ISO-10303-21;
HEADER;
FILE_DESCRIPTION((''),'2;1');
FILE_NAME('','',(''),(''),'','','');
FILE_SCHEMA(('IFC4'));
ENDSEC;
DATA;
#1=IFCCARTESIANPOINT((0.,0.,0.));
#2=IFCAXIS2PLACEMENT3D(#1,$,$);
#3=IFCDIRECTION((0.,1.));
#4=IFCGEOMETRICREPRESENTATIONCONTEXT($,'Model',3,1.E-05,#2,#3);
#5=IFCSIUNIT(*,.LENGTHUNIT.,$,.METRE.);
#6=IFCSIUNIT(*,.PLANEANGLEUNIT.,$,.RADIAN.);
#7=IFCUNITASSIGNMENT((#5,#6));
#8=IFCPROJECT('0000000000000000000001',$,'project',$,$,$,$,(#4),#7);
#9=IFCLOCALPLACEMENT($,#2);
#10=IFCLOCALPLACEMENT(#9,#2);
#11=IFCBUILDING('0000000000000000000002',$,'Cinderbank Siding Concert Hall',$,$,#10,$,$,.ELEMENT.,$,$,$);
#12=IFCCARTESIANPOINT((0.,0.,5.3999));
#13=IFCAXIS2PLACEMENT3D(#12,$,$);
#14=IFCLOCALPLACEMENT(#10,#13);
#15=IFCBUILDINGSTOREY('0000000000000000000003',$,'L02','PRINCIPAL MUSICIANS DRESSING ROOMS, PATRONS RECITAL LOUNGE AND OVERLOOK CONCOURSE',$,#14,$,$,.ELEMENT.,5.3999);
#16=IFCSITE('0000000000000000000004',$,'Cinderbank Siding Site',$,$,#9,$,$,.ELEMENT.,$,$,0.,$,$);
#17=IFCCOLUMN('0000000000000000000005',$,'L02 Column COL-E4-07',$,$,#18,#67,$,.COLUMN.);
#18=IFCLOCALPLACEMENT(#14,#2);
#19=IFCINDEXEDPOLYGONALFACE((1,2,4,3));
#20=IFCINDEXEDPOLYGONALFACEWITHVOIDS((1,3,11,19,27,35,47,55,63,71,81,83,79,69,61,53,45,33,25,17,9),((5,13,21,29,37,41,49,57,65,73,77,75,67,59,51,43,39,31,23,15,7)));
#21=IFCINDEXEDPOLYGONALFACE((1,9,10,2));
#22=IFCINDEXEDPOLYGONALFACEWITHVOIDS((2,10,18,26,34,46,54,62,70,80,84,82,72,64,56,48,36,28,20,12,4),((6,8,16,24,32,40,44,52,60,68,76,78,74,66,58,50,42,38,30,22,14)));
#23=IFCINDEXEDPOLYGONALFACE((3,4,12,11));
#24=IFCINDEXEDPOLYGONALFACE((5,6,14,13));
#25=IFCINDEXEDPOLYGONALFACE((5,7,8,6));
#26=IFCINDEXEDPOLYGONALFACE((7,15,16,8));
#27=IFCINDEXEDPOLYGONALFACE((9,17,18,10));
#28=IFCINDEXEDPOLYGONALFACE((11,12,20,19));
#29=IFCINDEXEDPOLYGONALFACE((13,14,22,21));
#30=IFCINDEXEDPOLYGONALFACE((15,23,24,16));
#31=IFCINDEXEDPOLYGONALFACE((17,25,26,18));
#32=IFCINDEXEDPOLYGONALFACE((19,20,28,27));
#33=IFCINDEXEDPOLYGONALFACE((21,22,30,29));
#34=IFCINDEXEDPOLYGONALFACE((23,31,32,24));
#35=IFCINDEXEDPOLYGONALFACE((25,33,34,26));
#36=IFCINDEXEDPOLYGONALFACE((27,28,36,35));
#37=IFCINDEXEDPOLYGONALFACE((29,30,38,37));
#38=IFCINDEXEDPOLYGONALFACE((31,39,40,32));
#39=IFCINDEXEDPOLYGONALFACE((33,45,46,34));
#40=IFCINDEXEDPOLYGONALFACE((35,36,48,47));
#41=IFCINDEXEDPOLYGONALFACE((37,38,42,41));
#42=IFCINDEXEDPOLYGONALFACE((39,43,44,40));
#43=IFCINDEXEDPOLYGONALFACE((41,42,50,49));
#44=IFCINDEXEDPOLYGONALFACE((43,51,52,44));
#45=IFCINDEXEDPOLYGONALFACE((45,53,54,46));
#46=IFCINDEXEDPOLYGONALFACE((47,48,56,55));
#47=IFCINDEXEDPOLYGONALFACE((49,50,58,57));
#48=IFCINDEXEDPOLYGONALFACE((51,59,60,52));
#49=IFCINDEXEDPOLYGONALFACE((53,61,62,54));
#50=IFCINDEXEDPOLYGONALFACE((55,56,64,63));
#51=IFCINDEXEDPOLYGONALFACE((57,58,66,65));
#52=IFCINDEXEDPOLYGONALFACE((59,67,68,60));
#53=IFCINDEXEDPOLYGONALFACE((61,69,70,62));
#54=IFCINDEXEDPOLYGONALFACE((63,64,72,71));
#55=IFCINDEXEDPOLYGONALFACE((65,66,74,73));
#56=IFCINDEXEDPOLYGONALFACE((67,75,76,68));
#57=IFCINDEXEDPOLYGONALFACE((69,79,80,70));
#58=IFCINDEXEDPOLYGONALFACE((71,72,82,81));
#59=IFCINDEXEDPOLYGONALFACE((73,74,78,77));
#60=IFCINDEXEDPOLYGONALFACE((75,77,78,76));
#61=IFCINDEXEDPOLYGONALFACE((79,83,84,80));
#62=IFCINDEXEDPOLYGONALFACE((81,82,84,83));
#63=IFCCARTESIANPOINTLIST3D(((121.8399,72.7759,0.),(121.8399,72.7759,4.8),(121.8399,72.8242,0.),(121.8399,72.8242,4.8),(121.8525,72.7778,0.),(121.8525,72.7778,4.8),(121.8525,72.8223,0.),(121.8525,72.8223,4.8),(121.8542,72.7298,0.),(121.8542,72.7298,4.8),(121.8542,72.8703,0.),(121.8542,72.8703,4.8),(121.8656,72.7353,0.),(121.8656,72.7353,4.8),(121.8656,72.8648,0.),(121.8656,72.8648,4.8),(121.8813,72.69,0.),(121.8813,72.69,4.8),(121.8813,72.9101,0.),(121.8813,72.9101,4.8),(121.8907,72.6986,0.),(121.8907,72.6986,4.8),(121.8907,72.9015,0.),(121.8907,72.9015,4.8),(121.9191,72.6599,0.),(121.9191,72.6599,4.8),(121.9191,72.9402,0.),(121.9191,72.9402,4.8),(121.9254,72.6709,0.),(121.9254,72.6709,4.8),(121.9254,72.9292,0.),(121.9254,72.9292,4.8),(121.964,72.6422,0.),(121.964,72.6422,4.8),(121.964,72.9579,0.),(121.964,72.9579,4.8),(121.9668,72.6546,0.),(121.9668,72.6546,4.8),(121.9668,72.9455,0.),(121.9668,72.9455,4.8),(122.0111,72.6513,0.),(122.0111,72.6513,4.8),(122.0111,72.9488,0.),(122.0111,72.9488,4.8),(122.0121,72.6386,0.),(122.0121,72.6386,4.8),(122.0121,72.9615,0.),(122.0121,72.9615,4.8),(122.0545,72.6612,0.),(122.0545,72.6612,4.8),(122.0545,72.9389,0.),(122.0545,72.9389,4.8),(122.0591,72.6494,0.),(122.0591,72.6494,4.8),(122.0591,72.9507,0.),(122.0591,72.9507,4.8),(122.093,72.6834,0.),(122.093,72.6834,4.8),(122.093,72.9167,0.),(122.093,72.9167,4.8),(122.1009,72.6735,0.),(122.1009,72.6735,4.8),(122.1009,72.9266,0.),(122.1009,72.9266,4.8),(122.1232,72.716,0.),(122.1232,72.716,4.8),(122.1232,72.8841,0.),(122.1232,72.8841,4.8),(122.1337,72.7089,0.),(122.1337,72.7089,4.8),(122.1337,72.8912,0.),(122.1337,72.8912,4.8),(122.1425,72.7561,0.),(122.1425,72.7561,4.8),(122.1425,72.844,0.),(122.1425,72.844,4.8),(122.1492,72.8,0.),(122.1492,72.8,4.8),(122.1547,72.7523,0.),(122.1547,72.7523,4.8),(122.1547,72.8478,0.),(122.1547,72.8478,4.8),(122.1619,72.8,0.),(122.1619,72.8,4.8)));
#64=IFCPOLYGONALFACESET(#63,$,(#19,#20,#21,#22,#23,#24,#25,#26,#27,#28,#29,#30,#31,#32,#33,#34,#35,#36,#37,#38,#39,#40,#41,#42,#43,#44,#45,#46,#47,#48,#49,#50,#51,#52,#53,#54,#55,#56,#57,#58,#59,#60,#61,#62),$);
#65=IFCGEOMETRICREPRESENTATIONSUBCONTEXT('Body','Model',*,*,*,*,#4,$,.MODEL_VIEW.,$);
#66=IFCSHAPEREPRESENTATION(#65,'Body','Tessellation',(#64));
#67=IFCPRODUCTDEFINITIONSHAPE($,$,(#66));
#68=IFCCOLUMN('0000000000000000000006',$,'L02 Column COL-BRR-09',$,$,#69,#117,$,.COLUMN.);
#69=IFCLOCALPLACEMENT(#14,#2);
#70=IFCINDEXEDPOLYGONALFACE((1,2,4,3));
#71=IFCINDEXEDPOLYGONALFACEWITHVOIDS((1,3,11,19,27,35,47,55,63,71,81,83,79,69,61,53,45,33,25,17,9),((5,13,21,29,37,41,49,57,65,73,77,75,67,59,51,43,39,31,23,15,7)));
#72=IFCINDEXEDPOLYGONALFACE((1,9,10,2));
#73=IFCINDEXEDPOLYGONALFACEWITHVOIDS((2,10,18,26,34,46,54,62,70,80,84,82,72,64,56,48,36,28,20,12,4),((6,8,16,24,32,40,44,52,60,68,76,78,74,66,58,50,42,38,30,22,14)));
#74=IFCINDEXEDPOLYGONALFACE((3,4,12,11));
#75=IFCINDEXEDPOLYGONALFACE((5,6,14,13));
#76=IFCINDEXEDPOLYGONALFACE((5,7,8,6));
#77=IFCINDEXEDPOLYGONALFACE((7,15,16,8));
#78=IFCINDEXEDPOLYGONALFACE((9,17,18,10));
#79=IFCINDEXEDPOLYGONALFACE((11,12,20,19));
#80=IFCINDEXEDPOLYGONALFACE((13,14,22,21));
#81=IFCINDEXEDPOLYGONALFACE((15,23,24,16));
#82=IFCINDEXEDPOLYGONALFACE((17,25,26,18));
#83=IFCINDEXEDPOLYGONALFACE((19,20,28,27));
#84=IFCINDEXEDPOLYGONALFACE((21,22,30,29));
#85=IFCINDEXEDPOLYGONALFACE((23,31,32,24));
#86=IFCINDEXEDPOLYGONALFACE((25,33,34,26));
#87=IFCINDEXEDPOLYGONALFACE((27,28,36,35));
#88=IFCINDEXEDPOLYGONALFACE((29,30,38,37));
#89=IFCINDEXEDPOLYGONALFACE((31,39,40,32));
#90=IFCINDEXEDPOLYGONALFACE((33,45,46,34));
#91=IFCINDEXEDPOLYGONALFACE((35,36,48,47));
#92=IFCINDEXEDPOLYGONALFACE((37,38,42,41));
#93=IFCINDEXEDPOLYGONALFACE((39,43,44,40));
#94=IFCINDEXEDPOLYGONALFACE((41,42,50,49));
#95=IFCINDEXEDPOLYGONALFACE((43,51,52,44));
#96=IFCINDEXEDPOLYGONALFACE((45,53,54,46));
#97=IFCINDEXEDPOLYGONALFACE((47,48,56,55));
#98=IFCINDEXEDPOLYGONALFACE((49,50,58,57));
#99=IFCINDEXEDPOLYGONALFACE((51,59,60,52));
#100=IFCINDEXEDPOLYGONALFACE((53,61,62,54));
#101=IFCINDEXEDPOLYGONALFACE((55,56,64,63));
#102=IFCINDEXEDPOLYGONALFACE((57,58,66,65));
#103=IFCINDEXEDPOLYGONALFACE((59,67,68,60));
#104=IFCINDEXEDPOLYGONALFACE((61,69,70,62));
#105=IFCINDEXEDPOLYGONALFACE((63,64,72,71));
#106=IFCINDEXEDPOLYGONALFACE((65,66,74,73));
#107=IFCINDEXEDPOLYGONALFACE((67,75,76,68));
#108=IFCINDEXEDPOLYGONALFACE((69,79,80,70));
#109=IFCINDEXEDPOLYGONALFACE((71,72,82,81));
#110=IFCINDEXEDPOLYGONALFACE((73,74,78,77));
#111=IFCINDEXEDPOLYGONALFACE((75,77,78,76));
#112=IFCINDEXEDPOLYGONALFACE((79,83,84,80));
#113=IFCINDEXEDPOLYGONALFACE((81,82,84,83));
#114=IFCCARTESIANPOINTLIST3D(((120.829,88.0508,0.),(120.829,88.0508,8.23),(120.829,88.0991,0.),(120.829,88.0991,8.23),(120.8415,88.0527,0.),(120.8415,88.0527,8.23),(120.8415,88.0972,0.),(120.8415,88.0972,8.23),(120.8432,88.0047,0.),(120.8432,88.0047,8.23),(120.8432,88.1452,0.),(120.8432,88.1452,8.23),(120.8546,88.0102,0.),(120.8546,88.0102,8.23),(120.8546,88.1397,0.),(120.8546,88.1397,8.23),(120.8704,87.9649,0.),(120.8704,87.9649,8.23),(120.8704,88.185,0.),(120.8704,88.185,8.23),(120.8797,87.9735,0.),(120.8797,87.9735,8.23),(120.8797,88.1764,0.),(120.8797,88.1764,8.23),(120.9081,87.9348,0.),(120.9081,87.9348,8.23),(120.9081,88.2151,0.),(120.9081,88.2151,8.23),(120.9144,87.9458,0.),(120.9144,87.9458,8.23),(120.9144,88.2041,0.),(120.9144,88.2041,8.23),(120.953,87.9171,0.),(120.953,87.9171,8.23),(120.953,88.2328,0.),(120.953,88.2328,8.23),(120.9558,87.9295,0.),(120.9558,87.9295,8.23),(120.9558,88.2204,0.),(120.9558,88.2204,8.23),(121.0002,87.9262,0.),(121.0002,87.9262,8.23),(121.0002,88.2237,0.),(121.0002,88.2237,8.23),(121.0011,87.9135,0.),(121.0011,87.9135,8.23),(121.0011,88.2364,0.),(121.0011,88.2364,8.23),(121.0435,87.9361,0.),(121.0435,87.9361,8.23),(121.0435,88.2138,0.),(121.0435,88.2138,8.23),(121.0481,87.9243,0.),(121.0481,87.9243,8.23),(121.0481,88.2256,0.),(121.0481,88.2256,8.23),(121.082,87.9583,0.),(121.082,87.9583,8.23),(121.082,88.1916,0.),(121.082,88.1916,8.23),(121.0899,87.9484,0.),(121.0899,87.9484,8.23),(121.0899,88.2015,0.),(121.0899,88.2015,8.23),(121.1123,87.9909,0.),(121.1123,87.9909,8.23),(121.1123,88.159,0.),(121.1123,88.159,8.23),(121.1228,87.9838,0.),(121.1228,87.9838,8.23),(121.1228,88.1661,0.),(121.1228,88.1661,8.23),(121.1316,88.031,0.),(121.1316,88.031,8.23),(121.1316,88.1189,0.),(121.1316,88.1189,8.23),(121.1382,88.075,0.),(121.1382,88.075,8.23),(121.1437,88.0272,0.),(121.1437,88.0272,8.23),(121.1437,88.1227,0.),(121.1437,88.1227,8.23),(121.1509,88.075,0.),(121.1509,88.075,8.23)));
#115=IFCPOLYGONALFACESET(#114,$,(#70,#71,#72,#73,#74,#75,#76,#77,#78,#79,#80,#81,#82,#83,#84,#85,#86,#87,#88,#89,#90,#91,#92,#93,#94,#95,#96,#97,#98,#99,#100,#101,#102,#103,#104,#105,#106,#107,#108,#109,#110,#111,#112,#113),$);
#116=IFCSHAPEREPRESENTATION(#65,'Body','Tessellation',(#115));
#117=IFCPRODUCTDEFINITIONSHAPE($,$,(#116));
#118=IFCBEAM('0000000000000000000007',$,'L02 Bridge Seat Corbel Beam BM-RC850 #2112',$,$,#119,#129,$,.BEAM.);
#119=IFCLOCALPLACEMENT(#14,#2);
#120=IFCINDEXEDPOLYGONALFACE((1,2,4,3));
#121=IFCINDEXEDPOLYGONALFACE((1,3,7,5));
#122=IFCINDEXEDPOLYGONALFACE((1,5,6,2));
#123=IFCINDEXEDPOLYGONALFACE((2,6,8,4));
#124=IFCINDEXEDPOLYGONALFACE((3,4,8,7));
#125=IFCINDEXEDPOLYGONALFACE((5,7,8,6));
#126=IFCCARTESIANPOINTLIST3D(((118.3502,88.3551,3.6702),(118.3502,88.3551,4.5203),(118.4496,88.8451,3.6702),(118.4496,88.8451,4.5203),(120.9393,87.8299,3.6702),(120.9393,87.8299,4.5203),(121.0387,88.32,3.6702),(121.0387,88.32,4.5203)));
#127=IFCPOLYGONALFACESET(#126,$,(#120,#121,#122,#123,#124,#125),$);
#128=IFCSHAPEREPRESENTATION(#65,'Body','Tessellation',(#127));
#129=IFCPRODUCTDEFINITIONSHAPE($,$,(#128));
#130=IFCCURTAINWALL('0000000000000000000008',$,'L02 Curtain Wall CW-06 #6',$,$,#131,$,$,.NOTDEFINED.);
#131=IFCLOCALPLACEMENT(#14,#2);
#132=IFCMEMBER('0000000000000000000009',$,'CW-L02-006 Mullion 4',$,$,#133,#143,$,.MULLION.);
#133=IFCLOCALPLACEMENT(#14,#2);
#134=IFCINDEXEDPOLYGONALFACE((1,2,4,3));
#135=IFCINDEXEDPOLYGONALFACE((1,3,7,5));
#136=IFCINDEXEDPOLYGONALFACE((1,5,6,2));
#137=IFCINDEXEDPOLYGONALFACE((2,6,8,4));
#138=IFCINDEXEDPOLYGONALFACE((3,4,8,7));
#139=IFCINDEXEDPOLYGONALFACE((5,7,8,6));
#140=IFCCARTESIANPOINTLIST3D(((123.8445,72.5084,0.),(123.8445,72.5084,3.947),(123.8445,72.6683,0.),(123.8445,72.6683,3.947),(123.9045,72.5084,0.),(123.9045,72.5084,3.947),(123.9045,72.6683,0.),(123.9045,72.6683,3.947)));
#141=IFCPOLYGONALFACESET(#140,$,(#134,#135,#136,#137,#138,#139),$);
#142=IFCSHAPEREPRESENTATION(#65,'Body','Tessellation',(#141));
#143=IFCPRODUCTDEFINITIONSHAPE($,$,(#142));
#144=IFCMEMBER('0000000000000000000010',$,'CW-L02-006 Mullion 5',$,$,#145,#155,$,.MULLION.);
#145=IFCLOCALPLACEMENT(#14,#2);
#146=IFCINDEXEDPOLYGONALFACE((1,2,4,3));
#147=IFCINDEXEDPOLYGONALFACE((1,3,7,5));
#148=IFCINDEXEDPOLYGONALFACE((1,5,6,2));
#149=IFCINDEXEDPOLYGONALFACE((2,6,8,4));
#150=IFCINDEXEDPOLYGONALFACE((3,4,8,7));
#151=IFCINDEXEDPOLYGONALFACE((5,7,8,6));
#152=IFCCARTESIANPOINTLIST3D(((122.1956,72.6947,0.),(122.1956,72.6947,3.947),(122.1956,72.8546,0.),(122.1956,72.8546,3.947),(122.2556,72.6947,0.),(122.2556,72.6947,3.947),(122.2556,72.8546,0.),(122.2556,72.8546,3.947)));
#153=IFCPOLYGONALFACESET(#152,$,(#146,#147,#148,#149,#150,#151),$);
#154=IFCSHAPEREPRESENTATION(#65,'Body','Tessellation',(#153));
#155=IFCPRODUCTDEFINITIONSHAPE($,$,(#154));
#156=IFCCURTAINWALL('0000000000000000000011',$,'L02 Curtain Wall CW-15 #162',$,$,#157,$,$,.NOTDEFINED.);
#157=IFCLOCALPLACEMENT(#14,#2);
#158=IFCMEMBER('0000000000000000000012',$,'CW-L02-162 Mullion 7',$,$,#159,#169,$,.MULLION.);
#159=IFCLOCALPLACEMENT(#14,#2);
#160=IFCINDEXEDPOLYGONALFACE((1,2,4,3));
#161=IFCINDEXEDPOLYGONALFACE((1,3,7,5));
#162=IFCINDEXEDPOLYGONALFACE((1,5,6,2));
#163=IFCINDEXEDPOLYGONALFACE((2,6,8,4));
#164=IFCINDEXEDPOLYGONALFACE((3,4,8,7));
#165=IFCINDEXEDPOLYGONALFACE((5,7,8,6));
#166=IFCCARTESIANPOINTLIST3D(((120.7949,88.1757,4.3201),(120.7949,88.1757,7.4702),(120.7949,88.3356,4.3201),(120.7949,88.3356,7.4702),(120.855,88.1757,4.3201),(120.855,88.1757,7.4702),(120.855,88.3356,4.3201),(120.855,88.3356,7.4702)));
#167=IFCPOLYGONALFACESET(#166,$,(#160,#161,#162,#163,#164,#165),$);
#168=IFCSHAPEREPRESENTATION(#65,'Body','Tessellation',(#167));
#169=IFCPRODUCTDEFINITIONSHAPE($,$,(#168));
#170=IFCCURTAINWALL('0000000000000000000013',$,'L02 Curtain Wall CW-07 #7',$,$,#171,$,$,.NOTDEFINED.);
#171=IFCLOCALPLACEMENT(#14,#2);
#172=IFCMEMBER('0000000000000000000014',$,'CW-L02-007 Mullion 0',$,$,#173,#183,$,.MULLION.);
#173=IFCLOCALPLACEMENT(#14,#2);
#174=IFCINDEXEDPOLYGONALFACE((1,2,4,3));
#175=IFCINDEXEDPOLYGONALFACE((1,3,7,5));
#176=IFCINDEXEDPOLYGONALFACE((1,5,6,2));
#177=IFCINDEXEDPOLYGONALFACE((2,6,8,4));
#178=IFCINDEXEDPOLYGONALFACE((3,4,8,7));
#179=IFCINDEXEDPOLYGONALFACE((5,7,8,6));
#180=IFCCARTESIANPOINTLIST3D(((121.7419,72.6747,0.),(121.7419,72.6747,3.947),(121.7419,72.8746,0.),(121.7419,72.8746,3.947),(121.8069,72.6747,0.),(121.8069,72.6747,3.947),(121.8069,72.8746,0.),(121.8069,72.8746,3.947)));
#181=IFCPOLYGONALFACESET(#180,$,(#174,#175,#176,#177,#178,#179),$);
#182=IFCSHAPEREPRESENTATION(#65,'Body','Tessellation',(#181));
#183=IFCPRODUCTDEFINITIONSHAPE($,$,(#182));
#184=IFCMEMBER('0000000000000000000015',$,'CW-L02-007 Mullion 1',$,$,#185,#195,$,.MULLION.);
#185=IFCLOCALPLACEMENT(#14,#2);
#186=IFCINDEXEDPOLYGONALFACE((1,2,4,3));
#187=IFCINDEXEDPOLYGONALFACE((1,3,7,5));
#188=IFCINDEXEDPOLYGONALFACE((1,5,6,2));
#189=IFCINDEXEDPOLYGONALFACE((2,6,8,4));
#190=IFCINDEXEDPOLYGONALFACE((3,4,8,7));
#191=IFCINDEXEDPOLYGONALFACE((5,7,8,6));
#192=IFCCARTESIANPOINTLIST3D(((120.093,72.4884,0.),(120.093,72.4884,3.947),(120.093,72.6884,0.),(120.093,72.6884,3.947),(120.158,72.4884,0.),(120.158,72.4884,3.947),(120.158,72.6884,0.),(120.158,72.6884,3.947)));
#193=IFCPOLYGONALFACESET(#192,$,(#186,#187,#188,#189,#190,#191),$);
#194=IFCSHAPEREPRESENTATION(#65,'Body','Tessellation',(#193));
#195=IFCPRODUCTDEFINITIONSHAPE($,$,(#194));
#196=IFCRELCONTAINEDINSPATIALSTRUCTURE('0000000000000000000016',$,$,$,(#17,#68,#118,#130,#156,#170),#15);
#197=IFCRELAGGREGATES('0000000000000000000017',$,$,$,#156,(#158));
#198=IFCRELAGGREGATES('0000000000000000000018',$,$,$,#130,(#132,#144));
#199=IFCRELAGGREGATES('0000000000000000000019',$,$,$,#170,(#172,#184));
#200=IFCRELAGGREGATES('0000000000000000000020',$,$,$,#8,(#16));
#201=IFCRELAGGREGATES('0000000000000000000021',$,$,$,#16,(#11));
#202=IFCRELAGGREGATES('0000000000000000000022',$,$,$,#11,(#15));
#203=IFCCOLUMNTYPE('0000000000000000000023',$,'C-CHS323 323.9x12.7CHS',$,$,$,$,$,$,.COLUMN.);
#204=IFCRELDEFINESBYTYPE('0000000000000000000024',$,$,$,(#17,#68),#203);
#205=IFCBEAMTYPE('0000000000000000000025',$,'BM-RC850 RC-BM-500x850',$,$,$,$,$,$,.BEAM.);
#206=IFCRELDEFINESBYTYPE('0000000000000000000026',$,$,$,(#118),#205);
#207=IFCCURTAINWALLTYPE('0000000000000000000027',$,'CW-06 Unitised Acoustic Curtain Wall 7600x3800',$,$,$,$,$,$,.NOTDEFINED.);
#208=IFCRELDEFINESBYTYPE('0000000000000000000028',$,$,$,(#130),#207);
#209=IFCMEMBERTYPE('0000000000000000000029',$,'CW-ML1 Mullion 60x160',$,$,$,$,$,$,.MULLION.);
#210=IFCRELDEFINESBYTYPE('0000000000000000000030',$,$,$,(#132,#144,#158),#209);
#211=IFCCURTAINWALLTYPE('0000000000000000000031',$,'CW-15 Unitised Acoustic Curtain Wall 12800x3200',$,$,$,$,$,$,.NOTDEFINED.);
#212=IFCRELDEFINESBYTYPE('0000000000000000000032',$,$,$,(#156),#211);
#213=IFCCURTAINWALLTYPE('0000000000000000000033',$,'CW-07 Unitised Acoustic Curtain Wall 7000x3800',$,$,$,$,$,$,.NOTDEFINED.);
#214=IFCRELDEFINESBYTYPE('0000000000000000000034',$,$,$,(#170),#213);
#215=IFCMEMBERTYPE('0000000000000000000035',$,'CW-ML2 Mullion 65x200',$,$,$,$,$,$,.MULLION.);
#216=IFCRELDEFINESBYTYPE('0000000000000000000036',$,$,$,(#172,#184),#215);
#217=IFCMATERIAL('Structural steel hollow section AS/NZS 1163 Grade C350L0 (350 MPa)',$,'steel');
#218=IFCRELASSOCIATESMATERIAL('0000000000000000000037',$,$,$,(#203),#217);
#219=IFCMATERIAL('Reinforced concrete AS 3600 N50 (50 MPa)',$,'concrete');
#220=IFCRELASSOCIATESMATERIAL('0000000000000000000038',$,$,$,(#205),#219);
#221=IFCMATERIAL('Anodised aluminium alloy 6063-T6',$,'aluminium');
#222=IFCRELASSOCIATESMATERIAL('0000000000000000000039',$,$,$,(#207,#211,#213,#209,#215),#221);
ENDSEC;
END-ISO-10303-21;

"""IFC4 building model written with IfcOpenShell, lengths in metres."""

from ifc_helpers import new_model, si_unit, direction, frame, origin, origin_2d, place, context, subcontext, project, spatial, rectangle, hollow_circle, extrude, material, material_profile, profile_set, type_object, element, aggregate, save


model = new_model("IFC4")

# Units and contexts
model_context = context("Model", 3, precision=1e-05, world=origin(), true_north=direction((0.0, 1.0)))
body_context = subcontext(model_context, "Body", "Model", "MODEL_VIEW")
ifc_project = project(units=[si_unit("LENGTHUNIT", "METRE"), si_unit("PLANEANGLEUNIT", "RADIAN")], contexts=[model_context])

# Site, building, storey
site_placement = place(None, origin())
site = spatial("IfcSite", under=ifc_project, at=site_placement, Name="Cinderbank Siding Site", CompositionType="ELEMENT", RefElevation=0.0)
building_placement = place(site_placement, origin())
building = spatial("IfcBuilding", under=site, at=building_placement, Name="Cinderbank Siding Concert Hall", CompositionType="ELEMENT")
storey_placement = place(building_placement, frame((0.0, 0.0, 5.3999)))
storey = spatial("IfcBuildingStorey", under=building, at=storey_placement, Name="L02", Description="PRINCIPAL MUSICIANS DRESSING ROOMS, PATRONS RECITAL LOUNGE AND OVERLOOK CONCOURSE", CompositionType="ELEMENT", Elevation=5.3999)

# Columns
ifc_material_1 = material(Name="Structural steel hollow section AS/NZS 1163 Grade C350L0 (350 MPa)", Category="steel")
ifc_material_profile_1 = material_profile(ifc_material_1, hollow_circle(Radius=0.1619, WallThickness=0.0127, at=origin_2d()), Name="323.9x12.7CHS", Category="LoadBearing")
ifc_profile_set_1 = profile_set([ifc_material_profile_1], Name="Structural steel hollow section AS/NZS 1163 Grade C350L0 (350 MPa)")
column_type = type_object("IfcColumnType", Name="C-CHS323 323.9x12.7CHS", PredefinedType="COLUMN", material=ifc_profile_set_1)
column_1_placement = place(storey_placement, frame((122.0, 72.8, 0.0), z_axis=(0.0, 0.0, 1.0), x_axis=(1.0, 0.0, 0.0)))
element("IfcColumn", 1, at=column_1_placement, inside=storey, type_object=column_type, Name="L02 Column COL-E4-07", PredefinedType="COLUMN", context=body_context, shape_type="SweptSolid", body=[
    extrude(hollow_circle(Radius=0.1619, WallThickness=0.0127, at=origin_2d()), origin(), (0.0, 0.0, 1.0), 4.8),
])
column_2_placement = place(storey_placement, frame((120.989, 88.075, 0.0), z_axis=(0.0, 0.0, 1.0), x_axis=(1.0, 0.0, 0.0)))
element("IfcColumn", 2, at=column_2_placement, inside=storey, type_object=column_type, Name="L02 Column COL-BRR-09", PredefinedType="COLUMN", context=body_context, shape_type="SweptSolid", body=[
    extrude(hollow_circle(Radius=0.1619, WallThickness=0.0127, at=origin_2d()), origin(), (0.0, 0.0, 1.0), 8.23),
])

# Beam
ifc_material_2 = material(Name="Reinforced concrete AS 3600 N50 (50 MPa)", Category="concrete")
ifc_material_profile_2 = material_profile(ifc_material_2, rectangle(XDim=0.5, YDim=0.8501, at=origin_2d()), Name="RC-BM-500x850", Category="LoadBearing")
ifc_profile_set_2 = profile_set([ifc_material_profile_2], Name="Reinforced concrete AS 3600 N50 (50 MPa)")
beam_type_1 = type_object("IfcBeamType", Name="BM-RC850 RC-BM-500x850", PredefinedType="BEAM", material=ifc_profile_set_2)
beam_1_placement = place(storey_placement, frame((120.989, 88.075, 4.0952), z_axis=(-0.980044, 0.198781, 0.0), x_axis=(-0.198781, -0.980044, 0.0)))
element("IfcBeam", 3, at=beam_1_placement, inside=storey, type_object=beam_type_1, Name="L02 Bridge Seat Corbel Beam BM-RC850 #2112", PredefinedType="BEAM", context=body_context, shape_type="SweptSolid", body=[
    extrude(rectangle(XDim=0.5, YDim=0.8501, at=origin_2d()), origin(), (0.0, 0.0, 1.0), 2.6418),
])

# Curtain wall, members
ifc_material_3 = material(Name="Anodised aluminium alloy 6063-T6", Category="aluminium")
curtain_wall_type_1 = type_object("IfcCurtainWallType", Name="CW-06 Unitised Acoustic Curtain Wall 7600x3800", PredefinedType="NOTDEFINED", material=ifc_material_3)
curtain_wall_1_placement = place(storey_placement, origin())
curtain_wall_1 = element("IfcCurtainWall", 4, at=curtain_wall_1_placement, inside=storey, type_object=curtain_wall_type_1, Name="L02 Curtain Wall CW-06 #6", PredefinedType="NOTDEFINED")
ifc_material_profile_3 = material_profile(ifc_material_3, rectangle(XDim=0.0601, YDim=0.1599, at=origin_2d()), Name="ALU-MULL-60x160", Category="LoadBearing")
ifc_profile_set_3 = profile_set([ifc_material_profile_3], Name="Anodised aluminium alloy 6063-T6")
member_type_1 = type_object("IfcMemberType", Name="CW-ML1 Mullion 60x160", PredefinedType="MULLION", material=ifc_profile_set_3)
member_1_placement = place(storey_placement, frame((123.8745, 72.5884, 0.0), z_axis=(0.0, 0.0, 1.0), x_axis=(1.0, 0.0, 0.0)))
member_1 = element("IfcMember", 5, at=member_1_placement, type_object=member_type_1, Name="CW-L02-006 Mullion 4", PredefinedType="MULLION", context=body_context, shape_type="SweptSolid", body=[
    extrude(rectangle(XDim=0.0601, YDim=0.1599, at=origin_2d()), origin(), (0.0, 0.0, 1.0), 3.947),
])
member_2_placement = place(storey_placement, frame((122.2256, 72.7747, 0.0), z_axis=(0.0, 0.0, 1.0), x_axis=(1.0, 0.0, 0.0)))
member_2 = element("IfcMember", 6, at=member_2_placement, type_object=member_type_1, Name="CW-L02-006 Mullion 5", PredefinedType="MULLION", context=body_context, shape_type="SweptSolid", body=[
    extrude(rectangle(XDim=0.0601, YDim=0.1599, at=origin_2d()), origin(), (0.0, 0.0, 1.0), 3.947),
])

# Curtain wall, member
curtain_wall_type_2 = type_object("IfcCurtainWallType", Name="CW-15 Unitised Acoustic Curtain Wall 12800x3200", PredefinedType="NOTDEFINED", material=ifc_material_3)
curtain_wall_2_placement = place(storey_placement, origin())
curtain_wall_2 = element("IfcCurtainWall", 7, at=curtain_wall_2_placement, inside=storey, type_object=curtain_wall_type_2, Name="L02 Curtain Wall CW-15 #162", PredefinedType="NOTDEFINED")
member_3_placement = place(storey_placement, frame((120.825, 88.2556, 4.3201), z_axis=(0.0, 0.0, 1.0), x_axis=(1.0, 0.0, 0.0)))
member_3 = element("IfcMember", 8, at=member_3_placement, type_object=member_type_1, Name="CW-L02-162 Mullion 7", PredefinedType="MULLION", context=body_context, shape_type="SweptSolid", body=[
    extrude(rectangle(XDim=0.0601, YDim=0.1599, at=origin_2d()), origin(), (0.0, 0.0, 1.0), 3.1501),
])
aggregate(curtain_wall_2, [member_3])

# Curtain wall, members
curtain_wall_type_3 = type_object("IfcCurtainWallType", Name="CW-07 Unitised Acoustic Curtain Wall 7000x3800", PredefinedType="NOTDEFINED", material=ifc_material_3)
curtain_wall_3_placement = place(storey_placement, origin())
curtain_wall_3 = element("IfcCurtainWall", 9, at=curtain_wall_3_placement, inside=storey, type_object=curtain_wall_type_3, Name="L02 Curtain Wall CW-07 #7", PredefinedType="NOTDEFINED")
ifc_material_profile_4 = material_profile(ifc_material_3, rectangle(XDim=0.0649, YDim=0.2, at=origin_2d()), Name="ALU-MULL-65x200", Category="LoadBearing")
ifc_profile_set_4 = profile_set([ifc_material_profile_4], Name="Anodised aluminium alloy 6063-T6")
member_type_2 = type_object("IfcMemberType", Name="CW-ML2 Mullion 65x200", PredefinedType="MULLION", material=ifc_profile_set_4)
member_4_placement = place(storey_placement, frame((121.7744, 72.7747, 0.0), z_axis=(0.0, 0.0, 1.0), x_axis=(1.0, 0.0, 0.0)))
member_4 = element("IfcMember", 10, at=member_4_placement, type_object=member_type_2, Name="CW-L02-007 Mullion 0", PredefinedType="MULLION", context=body_context, shape_type="SweptSolid", body=[
    extrude(rectangle(XDim=0.0649, YDim=0.2, at=origin_2d()), origin(), (0.0, 0.0, 1.0), 3.947),
])
member_5_placement = place(storey_placement, frame((120.1255, 72.5884, 0.0), z_axis=(0.0, 0.0, 1.0), x_axis=(1.0, 0.0, 0.0)))
member_5 = element("IfcMember", 11, at=member_5_placement, type_object=member_type_2, Name="CW-L02-007 Mullion 1", PredefinedType="MULLION", context=body_context, shape_type="SweptSolid", body=[
    extrude(rectangle(XDim=0.0649, YDim=0.2, at=origin_2d()), origin(), (0.0, 0.0, 1.0), 3.947),
])

aggregate(curtain_wall_1, [member_1, member_2])
aggregate(curtain_wall_3, [member_4, member_5])

save(model, "model.ifc")
